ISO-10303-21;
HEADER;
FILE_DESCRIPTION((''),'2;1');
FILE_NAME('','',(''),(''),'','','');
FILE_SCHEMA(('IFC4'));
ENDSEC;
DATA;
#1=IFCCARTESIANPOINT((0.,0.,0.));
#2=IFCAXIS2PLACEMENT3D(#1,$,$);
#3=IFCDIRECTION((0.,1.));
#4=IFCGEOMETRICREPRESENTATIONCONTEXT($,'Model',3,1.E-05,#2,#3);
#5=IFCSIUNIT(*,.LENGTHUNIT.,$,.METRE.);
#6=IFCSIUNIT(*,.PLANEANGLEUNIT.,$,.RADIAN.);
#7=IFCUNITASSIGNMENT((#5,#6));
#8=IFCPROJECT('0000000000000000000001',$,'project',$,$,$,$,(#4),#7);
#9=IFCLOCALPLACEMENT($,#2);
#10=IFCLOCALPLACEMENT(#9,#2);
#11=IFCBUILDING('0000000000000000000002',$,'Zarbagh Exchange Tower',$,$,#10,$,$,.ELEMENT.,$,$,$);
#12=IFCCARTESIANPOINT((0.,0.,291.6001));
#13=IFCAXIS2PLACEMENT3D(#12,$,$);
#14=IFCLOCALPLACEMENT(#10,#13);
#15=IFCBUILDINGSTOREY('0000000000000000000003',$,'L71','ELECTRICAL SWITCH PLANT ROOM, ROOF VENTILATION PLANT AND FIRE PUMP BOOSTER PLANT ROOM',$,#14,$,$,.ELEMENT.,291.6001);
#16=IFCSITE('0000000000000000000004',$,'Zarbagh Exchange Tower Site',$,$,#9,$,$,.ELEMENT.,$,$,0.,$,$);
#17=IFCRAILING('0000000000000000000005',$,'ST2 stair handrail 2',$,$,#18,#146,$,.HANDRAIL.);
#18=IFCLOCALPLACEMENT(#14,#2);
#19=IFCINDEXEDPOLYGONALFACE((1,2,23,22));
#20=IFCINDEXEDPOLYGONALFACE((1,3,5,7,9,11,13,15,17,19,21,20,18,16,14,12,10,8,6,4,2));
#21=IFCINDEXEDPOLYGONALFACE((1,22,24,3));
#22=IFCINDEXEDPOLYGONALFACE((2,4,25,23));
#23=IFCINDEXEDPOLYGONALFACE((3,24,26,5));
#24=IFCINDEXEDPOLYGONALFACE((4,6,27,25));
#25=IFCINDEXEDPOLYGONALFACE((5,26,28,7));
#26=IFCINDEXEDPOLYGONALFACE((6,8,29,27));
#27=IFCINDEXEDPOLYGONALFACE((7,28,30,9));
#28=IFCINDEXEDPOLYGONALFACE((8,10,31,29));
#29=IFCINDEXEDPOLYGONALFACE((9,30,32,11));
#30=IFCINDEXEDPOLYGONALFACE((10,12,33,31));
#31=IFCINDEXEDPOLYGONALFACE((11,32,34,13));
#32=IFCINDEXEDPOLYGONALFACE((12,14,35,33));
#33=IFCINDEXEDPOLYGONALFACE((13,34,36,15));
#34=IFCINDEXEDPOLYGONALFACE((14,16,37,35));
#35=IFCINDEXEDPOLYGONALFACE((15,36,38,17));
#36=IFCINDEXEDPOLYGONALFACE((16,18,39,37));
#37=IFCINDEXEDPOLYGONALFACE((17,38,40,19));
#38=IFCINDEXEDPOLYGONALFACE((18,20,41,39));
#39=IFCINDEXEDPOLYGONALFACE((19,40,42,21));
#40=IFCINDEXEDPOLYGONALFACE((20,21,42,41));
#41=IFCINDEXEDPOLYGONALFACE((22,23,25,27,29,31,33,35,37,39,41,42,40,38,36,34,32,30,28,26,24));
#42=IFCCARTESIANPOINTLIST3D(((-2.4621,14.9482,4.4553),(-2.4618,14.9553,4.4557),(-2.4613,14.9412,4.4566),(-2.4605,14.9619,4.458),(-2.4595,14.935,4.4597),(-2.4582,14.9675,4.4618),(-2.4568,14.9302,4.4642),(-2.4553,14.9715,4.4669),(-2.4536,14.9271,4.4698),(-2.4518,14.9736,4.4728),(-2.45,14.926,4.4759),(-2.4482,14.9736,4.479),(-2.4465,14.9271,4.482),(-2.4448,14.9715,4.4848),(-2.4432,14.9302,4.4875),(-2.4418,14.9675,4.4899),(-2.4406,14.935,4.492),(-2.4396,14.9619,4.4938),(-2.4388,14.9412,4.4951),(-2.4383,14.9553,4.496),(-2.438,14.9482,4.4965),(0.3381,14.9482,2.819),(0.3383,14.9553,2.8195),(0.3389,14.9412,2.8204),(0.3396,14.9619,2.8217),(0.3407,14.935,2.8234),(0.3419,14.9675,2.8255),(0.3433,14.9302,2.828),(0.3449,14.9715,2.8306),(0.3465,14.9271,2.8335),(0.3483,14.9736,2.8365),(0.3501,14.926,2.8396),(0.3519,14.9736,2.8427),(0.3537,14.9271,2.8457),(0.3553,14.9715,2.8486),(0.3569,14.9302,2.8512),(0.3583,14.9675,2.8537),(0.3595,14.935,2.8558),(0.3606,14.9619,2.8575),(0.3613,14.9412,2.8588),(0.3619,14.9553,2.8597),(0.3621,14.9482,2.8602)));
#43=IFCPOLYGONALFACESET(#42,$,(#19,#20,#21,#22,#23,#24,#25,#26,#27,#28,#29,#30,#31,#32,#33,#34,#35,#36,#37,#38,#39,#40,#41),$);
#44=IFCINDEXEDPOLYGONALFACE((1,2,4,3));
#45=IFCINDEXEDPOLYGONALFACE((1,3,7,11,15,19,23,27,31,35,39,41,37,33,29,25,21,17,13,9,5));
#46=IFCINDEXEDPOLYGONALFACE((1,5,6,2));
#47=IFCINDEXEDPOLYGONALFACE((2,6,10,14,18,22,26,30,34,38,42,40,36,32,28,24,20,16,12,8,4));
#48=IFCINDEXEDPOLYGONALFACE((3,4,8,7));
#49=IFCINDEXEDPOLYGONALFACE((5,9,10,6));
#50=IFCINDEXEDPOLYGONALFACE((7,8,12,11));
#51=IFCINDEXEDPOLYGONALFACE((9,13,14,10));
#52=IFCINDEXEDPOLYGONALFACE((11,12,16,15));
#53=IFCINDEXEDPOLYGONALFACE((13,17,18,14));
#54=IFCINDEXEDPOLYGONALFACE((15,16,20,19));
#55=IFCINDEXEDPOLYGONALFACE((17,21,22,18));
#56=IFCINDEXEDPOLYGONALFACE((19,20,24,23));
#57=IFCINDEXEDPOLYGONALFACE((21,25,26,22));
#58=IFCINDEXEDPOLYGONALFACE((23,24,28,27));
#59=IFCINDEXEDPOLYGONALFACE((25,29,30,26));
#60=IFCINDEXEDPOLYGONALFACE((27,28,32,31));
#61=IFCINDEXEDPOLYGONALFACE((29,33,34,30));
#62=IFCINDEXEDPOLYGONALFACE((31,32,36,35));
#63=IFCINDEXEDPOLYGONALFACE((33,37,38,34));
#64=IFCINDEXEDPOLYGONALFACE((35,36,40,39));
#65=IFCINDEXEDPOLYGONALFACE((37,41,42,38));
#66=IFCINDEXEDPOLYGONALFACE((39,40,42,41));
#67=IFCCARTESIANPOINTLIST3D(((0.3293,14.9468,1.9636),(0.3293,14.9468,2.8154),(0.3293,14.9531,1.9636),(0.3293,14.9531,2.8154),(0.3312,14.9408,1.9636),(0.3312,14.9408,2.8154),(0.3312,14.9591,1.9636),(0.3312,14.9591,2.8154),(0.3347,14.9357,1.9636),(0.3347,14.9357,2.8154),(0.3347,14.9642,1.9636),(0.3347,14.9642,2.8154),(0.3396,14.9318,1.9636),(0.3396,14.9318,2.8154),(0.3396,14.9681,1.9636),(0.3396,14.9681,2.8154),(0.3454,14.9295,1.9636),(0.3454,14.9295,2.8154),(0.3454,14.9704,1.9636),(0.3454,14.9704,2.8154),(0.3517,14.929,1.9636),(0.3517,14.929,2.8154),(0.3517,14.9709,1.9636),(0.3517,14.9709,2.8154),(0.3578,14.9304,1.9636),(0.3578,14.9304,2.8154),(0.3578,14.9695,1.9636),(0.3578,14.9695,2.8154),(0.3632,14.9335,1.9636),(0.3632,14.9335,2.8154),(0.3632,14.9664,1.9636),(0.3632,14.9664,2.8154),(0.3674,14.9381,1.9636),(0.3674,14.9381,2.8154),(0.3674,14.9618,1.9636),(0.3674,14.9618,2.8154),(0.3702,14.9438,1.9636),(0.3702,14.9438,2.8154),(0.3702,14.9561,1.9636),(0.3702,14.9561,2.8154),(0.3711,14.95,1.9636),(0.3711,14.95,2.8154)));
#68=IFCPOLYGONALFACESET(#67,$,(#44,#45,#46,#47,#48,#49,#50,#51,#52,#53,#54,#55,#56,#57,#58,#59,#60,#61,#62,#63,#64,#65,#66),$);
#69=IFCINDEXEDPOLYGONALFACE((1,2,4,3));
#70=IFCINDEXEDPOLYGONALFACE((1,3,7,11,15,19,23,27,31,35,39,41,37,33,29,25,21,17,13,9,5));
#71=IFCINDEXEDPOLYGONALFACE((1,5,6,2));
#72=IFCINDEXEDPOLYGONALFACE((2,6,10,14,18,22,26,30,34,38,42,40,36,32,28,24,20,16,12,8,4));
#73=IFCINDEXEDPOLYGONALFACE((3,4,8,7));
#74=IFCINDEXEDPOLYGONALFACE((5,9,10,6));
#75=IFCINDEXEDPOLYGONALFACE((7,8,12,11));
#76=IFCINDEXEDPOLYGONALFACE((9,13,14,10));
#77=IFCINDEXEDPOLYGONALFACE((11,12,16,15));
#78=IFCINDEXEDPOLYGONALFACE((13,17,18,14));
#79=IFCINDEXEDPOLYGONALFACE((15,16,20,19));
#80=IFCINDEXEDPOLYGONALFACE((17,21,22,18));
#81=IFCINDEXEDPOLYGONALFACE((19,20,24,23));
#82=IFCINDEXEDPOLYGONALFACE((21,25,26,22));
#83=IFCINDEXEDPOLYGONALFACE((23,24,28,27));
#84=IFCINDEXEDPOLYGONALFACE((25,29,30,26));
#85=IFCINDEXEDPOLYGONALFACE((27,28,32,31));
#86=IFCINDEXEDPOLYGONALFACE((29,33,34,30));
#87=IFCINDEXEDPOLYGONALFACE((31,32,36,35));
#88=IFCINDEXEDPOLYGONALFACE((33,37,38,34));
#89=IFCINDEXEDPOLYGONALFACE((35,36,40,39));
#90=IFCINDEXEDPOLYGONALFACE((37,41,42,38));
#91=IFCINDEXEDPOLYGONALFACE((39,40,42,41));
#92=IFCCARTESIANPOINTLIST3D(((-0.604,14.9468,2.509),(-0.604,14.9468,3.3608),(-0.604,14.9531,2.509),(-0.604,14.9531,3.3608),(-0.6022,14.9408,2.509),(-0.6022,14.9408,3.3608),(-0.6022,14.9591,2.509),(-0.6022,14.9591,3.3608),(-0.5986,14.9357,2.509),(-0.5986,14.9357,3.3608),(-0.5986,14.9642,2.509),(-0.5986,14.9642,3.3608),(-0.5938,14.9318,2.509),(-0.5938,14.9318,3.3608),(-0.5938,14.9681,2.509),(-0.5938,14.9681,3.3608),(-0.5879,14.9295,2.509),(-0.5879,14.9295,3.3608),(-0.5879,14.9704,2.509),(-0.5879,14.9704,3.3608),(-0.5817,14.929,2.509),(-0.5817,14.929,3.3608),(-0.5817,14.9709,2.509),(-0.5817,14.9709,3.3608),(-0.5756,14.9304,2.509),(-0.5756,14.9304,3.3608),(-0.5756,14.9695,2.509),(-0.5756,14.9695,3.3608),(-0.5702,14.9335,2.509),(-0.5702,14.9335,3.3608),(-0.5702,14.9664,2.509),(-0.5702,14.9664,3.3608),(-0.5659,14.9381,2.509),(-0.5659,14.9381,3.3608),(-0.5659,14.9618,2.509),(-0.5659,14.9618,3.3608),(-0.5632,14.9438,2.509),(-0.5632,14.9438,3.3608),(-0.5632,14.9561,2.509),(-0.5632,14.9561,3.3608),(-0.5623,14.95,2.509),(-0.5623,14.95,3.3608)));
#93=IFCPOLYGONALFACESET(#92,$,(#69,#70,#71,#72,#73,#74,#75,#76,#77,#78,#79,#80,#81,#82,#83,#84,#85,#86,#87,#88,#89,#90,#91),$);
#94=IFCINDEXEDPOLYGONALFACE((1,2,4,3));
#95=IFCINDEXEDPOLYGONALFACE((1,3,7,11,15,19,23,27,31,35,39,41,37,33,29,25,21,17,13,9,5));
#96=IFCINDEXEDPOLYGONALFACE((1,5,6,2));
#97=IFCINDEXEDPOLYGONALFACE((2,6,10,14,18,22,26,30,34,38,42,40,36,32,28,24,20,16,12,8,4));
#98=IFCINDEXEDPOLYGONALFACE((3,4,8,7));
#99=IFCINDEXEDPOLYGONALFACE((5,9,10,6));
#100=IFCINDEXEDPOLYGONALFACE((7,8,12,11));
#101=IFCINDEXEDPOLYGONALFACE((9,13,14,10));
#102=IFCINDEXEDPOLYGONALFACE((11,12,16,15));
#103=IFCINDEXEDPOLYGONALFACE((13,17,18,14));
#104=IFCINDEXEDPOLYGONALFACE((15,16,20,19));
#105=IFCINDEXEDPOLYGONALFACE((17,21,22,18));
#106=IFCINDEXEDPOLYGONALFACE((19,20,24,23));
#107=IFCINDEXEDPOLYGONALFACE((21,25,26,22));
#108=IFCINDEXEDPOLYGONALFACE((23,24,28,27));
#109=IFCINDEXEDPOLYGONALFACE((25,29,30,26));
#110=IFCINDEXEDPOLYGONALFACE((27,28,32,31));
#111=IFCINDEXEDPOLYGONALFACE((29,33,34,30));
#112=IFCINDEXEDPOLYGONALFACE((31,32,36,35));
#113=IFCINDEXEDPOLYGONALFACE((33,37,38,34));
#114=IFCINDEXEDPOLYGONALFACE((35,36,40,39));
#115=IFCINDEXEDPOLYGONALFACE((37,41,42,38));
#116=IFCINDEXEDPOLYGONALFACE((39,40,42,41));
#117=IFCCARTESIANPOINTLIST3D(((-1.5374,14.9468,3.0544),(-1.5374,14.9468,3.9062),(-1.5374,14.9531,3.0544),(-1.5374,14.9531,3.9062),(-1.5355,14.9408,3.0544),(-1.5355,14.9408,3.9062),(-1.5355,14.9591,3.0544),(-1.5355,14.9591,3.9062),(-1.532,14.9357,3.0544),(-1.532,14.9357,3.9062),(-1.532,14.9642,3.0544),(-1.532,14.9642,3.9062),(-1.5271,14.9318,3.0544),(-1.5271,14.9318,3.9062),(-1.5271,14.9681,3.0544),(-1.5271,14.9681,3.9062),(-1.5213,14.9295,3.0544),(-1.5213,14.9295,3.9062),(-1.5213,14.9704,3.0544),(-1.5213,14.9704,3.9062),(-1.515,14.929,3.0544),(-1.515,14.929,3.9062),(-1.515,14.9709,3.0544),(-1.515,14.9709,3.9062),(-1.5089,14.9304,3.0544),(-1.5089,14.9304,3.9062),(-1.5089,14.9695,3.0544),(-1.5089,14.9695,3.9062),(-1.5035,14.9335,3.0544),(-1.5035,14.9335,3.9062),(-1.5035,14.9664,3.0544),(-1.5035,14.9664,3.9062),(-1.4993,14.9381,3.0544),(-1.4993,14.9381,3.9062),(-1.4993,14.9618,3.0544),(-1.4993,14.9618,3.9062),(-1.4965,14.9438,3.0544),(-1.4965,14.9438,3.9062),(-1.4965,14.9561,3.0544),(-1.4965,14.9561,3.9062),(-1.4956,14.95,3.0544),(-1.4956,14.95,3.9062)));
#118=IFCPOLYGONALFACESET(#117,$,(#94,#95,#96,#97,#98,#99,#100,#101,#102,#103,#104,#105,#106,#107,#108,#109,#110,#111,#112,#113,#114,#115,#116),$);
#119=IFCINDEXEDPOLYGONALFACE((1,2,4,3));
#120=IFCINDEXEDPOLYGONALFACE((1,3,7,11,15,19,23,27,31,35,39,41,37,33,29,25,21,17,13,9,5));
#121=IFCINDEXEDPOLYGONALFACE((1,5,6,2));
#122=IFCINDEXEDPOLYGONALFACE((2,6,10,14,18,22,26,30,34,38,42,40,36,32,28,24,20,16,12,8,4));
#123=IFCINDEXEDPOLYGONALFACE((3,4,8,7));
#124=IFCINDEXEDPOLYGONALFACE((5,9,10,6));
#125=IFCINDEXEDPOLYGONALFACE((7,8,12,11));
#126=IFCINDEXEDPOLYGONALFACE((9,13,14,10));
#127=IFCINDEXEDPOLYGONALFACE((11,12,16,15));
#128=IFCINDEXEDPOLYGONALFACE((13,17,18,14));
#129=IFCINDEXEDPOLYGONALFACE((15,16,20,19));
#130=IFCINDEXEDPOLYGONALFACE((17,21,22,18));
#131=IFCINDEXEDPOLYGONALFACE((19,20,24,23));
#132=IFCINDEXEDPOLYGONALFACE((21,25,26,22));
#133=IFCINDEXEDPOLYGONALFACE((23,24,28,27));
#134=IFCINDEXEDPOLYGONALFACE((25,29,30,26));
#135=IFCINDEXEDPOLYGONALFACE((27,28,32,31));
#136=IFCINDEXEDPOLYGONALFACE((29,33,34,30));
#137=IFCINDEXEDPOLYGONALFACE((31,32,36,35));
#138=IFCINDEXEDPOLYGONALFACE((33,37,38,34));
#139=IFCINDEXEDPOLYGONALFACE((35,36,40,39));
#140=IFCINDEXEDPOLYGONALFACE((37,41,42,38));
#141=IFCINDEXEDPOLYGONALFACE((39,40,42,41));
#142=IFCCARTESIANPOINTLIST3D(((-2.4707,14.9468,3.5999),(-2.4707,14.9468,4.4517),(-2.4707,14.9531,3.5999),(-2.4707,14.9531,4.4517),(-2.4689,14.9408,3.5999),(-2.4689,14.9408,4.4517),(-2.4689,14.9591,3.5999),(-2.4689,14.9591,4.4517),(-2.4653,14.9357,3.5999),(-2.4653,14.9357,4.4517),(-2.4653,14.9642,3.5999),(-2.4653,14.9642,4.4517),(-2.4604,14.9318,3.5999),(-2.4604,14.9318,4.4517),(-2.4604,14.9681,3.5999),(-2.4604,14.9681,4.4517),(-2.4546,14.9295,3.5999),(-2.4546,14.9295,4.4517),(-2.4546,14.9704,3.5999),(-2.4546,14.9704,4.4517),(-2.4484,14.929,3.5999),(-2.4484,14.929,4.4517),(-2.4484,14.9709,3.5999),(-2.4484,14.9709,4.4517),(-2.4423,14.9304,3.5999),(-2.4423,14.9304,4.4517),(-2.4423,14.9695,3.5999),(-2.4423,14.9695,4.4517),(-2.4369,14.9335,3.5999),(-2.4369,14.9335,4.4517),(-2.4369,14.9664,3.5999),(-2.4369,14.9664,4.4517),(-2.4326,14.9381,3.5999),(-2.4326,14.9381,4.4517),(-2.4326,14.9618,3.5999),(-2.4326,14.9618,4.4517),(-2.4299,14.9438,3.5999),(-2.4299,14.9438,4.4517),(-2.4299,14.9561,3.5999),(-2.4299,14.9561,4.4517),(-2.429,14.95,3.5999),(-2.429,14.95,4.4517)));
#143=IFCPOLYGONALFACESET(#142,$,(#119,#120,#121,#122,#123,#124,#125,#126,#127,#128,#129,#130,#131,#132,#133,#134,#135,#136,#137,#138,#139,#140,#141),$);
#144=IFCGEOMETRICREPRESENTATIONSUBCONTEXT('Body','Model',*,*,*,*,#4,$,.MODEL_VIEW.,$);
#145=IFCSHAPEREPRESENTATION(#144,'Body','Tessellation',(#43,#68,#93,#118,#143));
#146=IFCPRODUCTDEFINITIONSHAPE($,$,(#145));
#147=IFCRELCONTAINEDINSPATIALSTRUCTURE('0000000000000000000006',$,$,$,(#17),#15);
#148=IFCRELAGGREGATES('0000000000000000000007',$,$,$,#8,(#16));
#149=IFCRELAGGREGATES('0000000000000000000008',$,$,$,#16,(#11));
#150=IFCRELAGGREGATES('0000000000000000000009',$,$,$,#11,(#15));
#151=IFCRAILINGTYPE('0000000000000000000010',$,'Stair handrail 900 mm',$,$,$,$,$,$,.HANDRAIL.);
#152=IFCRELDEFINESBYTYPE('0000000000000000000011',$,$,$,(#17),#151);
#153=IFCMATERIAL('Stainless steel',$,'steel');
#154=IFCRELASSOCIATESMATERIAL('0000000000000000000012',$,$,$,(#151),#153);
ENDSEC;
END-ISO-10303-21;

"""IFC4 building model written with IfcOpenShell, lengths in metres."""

from ifc_helpers import new_model, si_unit, direction, frame, origin, origin_2d, place, context, subcontext, project, spatial, circle, extrude, material, type_object, element, save


model = new_model("IFC4")

# Units and contexts
model_context = context("Model", 3, precision=1e-05, world=origin(), true_north=direction((0.0, 1.0)))
body_context = subcontext(model_context, "Body", "Model", "MODEL_VIEW")
ifc_project = project(units=[si_unit("LENGTHUNIT", "METRE"), si_unit("PLANEANGLEUNIT", "RADIAN")], contexts=[model_context])

# Site, building, storey
site_placement = place(None, origin())
site = spatial("IfcSite", under=ifc_project, at=site_placement, Name="Zarbagh Exchange Tower Site", CompositionType="ELEMENT", RefElevation=0.0)
building_placement = place(site_placement, origin())
building = spatial("IfcBuilding", under=site, at=building_placement, Name="Zarbagh Exchange Tower", CompositionType="ELEMENT")
storey_placement = place(building_placement, frame((0.0, 0.0, 291.6001)))
storey = spatial("IfcBuildingStorey", under=building, at=storey_placement, Name="L71", Description="ELECTRICAL SWITCH PLANT ROOM, ROOF VENTILATION PLANT AND FIRE PUMP BOOSTER PLANT ROOM", CompositionType="ELEMENT", Elevation=291.6001)

# Shared definitions
ifc_material_1 = material(Name="Stainless steel", Category="steel")

# Railing
railing_type_1 = type_object("IfcRailingType", Name="Stair handrail 900 mm", PredefinedType="HANDRAIL", material=ifc_material_1)
railing_1_placement = place(storey_placement, frame((0.3501, 14.95, 1.9636)))
element("IfcRailing", 1, at=railing_1_placement, inside=storey, type_object=railing_type_1, Name="ST2 stair handrail 2", PredefinedType="HANDRAIL", context=body_context, shape_type="SweptSolid", body=[
    extrude(circle(Radius=0.0239, at=origin_2d()), frame((0.0, 0.0, 0.876), z_axis=(-0.863394, 0.0, 0.504531), x_axis=(0.0, -1.0, 0.0)), (0.0, 0.0, 1.0), 3.2432),
    extrude(circle(Radius=0.021, at=origin_2d()), origin(), (0.0, 0.0, 1.0), 0.8518),
    extrude(circle(Radius=0.021, at=origin_2d()), frame((-0.9333, 0.0, 0.5454)), (0.0, 0.0, 1.0), 0.8518),
    extrude(circle(Radius=0.021, at=origin_2d()), frame((-1.8667, 0.0, 1.0908)), (0.0, 0.0, 1.0), 0.8518),
    extrude(circle(Radius=0.021, at=origin_2d()), frame((-2.8, 0.0, 1.6362)), (0.0, 0.0, 1.0), 0.8518),
])

save(model, "model.ifc")
